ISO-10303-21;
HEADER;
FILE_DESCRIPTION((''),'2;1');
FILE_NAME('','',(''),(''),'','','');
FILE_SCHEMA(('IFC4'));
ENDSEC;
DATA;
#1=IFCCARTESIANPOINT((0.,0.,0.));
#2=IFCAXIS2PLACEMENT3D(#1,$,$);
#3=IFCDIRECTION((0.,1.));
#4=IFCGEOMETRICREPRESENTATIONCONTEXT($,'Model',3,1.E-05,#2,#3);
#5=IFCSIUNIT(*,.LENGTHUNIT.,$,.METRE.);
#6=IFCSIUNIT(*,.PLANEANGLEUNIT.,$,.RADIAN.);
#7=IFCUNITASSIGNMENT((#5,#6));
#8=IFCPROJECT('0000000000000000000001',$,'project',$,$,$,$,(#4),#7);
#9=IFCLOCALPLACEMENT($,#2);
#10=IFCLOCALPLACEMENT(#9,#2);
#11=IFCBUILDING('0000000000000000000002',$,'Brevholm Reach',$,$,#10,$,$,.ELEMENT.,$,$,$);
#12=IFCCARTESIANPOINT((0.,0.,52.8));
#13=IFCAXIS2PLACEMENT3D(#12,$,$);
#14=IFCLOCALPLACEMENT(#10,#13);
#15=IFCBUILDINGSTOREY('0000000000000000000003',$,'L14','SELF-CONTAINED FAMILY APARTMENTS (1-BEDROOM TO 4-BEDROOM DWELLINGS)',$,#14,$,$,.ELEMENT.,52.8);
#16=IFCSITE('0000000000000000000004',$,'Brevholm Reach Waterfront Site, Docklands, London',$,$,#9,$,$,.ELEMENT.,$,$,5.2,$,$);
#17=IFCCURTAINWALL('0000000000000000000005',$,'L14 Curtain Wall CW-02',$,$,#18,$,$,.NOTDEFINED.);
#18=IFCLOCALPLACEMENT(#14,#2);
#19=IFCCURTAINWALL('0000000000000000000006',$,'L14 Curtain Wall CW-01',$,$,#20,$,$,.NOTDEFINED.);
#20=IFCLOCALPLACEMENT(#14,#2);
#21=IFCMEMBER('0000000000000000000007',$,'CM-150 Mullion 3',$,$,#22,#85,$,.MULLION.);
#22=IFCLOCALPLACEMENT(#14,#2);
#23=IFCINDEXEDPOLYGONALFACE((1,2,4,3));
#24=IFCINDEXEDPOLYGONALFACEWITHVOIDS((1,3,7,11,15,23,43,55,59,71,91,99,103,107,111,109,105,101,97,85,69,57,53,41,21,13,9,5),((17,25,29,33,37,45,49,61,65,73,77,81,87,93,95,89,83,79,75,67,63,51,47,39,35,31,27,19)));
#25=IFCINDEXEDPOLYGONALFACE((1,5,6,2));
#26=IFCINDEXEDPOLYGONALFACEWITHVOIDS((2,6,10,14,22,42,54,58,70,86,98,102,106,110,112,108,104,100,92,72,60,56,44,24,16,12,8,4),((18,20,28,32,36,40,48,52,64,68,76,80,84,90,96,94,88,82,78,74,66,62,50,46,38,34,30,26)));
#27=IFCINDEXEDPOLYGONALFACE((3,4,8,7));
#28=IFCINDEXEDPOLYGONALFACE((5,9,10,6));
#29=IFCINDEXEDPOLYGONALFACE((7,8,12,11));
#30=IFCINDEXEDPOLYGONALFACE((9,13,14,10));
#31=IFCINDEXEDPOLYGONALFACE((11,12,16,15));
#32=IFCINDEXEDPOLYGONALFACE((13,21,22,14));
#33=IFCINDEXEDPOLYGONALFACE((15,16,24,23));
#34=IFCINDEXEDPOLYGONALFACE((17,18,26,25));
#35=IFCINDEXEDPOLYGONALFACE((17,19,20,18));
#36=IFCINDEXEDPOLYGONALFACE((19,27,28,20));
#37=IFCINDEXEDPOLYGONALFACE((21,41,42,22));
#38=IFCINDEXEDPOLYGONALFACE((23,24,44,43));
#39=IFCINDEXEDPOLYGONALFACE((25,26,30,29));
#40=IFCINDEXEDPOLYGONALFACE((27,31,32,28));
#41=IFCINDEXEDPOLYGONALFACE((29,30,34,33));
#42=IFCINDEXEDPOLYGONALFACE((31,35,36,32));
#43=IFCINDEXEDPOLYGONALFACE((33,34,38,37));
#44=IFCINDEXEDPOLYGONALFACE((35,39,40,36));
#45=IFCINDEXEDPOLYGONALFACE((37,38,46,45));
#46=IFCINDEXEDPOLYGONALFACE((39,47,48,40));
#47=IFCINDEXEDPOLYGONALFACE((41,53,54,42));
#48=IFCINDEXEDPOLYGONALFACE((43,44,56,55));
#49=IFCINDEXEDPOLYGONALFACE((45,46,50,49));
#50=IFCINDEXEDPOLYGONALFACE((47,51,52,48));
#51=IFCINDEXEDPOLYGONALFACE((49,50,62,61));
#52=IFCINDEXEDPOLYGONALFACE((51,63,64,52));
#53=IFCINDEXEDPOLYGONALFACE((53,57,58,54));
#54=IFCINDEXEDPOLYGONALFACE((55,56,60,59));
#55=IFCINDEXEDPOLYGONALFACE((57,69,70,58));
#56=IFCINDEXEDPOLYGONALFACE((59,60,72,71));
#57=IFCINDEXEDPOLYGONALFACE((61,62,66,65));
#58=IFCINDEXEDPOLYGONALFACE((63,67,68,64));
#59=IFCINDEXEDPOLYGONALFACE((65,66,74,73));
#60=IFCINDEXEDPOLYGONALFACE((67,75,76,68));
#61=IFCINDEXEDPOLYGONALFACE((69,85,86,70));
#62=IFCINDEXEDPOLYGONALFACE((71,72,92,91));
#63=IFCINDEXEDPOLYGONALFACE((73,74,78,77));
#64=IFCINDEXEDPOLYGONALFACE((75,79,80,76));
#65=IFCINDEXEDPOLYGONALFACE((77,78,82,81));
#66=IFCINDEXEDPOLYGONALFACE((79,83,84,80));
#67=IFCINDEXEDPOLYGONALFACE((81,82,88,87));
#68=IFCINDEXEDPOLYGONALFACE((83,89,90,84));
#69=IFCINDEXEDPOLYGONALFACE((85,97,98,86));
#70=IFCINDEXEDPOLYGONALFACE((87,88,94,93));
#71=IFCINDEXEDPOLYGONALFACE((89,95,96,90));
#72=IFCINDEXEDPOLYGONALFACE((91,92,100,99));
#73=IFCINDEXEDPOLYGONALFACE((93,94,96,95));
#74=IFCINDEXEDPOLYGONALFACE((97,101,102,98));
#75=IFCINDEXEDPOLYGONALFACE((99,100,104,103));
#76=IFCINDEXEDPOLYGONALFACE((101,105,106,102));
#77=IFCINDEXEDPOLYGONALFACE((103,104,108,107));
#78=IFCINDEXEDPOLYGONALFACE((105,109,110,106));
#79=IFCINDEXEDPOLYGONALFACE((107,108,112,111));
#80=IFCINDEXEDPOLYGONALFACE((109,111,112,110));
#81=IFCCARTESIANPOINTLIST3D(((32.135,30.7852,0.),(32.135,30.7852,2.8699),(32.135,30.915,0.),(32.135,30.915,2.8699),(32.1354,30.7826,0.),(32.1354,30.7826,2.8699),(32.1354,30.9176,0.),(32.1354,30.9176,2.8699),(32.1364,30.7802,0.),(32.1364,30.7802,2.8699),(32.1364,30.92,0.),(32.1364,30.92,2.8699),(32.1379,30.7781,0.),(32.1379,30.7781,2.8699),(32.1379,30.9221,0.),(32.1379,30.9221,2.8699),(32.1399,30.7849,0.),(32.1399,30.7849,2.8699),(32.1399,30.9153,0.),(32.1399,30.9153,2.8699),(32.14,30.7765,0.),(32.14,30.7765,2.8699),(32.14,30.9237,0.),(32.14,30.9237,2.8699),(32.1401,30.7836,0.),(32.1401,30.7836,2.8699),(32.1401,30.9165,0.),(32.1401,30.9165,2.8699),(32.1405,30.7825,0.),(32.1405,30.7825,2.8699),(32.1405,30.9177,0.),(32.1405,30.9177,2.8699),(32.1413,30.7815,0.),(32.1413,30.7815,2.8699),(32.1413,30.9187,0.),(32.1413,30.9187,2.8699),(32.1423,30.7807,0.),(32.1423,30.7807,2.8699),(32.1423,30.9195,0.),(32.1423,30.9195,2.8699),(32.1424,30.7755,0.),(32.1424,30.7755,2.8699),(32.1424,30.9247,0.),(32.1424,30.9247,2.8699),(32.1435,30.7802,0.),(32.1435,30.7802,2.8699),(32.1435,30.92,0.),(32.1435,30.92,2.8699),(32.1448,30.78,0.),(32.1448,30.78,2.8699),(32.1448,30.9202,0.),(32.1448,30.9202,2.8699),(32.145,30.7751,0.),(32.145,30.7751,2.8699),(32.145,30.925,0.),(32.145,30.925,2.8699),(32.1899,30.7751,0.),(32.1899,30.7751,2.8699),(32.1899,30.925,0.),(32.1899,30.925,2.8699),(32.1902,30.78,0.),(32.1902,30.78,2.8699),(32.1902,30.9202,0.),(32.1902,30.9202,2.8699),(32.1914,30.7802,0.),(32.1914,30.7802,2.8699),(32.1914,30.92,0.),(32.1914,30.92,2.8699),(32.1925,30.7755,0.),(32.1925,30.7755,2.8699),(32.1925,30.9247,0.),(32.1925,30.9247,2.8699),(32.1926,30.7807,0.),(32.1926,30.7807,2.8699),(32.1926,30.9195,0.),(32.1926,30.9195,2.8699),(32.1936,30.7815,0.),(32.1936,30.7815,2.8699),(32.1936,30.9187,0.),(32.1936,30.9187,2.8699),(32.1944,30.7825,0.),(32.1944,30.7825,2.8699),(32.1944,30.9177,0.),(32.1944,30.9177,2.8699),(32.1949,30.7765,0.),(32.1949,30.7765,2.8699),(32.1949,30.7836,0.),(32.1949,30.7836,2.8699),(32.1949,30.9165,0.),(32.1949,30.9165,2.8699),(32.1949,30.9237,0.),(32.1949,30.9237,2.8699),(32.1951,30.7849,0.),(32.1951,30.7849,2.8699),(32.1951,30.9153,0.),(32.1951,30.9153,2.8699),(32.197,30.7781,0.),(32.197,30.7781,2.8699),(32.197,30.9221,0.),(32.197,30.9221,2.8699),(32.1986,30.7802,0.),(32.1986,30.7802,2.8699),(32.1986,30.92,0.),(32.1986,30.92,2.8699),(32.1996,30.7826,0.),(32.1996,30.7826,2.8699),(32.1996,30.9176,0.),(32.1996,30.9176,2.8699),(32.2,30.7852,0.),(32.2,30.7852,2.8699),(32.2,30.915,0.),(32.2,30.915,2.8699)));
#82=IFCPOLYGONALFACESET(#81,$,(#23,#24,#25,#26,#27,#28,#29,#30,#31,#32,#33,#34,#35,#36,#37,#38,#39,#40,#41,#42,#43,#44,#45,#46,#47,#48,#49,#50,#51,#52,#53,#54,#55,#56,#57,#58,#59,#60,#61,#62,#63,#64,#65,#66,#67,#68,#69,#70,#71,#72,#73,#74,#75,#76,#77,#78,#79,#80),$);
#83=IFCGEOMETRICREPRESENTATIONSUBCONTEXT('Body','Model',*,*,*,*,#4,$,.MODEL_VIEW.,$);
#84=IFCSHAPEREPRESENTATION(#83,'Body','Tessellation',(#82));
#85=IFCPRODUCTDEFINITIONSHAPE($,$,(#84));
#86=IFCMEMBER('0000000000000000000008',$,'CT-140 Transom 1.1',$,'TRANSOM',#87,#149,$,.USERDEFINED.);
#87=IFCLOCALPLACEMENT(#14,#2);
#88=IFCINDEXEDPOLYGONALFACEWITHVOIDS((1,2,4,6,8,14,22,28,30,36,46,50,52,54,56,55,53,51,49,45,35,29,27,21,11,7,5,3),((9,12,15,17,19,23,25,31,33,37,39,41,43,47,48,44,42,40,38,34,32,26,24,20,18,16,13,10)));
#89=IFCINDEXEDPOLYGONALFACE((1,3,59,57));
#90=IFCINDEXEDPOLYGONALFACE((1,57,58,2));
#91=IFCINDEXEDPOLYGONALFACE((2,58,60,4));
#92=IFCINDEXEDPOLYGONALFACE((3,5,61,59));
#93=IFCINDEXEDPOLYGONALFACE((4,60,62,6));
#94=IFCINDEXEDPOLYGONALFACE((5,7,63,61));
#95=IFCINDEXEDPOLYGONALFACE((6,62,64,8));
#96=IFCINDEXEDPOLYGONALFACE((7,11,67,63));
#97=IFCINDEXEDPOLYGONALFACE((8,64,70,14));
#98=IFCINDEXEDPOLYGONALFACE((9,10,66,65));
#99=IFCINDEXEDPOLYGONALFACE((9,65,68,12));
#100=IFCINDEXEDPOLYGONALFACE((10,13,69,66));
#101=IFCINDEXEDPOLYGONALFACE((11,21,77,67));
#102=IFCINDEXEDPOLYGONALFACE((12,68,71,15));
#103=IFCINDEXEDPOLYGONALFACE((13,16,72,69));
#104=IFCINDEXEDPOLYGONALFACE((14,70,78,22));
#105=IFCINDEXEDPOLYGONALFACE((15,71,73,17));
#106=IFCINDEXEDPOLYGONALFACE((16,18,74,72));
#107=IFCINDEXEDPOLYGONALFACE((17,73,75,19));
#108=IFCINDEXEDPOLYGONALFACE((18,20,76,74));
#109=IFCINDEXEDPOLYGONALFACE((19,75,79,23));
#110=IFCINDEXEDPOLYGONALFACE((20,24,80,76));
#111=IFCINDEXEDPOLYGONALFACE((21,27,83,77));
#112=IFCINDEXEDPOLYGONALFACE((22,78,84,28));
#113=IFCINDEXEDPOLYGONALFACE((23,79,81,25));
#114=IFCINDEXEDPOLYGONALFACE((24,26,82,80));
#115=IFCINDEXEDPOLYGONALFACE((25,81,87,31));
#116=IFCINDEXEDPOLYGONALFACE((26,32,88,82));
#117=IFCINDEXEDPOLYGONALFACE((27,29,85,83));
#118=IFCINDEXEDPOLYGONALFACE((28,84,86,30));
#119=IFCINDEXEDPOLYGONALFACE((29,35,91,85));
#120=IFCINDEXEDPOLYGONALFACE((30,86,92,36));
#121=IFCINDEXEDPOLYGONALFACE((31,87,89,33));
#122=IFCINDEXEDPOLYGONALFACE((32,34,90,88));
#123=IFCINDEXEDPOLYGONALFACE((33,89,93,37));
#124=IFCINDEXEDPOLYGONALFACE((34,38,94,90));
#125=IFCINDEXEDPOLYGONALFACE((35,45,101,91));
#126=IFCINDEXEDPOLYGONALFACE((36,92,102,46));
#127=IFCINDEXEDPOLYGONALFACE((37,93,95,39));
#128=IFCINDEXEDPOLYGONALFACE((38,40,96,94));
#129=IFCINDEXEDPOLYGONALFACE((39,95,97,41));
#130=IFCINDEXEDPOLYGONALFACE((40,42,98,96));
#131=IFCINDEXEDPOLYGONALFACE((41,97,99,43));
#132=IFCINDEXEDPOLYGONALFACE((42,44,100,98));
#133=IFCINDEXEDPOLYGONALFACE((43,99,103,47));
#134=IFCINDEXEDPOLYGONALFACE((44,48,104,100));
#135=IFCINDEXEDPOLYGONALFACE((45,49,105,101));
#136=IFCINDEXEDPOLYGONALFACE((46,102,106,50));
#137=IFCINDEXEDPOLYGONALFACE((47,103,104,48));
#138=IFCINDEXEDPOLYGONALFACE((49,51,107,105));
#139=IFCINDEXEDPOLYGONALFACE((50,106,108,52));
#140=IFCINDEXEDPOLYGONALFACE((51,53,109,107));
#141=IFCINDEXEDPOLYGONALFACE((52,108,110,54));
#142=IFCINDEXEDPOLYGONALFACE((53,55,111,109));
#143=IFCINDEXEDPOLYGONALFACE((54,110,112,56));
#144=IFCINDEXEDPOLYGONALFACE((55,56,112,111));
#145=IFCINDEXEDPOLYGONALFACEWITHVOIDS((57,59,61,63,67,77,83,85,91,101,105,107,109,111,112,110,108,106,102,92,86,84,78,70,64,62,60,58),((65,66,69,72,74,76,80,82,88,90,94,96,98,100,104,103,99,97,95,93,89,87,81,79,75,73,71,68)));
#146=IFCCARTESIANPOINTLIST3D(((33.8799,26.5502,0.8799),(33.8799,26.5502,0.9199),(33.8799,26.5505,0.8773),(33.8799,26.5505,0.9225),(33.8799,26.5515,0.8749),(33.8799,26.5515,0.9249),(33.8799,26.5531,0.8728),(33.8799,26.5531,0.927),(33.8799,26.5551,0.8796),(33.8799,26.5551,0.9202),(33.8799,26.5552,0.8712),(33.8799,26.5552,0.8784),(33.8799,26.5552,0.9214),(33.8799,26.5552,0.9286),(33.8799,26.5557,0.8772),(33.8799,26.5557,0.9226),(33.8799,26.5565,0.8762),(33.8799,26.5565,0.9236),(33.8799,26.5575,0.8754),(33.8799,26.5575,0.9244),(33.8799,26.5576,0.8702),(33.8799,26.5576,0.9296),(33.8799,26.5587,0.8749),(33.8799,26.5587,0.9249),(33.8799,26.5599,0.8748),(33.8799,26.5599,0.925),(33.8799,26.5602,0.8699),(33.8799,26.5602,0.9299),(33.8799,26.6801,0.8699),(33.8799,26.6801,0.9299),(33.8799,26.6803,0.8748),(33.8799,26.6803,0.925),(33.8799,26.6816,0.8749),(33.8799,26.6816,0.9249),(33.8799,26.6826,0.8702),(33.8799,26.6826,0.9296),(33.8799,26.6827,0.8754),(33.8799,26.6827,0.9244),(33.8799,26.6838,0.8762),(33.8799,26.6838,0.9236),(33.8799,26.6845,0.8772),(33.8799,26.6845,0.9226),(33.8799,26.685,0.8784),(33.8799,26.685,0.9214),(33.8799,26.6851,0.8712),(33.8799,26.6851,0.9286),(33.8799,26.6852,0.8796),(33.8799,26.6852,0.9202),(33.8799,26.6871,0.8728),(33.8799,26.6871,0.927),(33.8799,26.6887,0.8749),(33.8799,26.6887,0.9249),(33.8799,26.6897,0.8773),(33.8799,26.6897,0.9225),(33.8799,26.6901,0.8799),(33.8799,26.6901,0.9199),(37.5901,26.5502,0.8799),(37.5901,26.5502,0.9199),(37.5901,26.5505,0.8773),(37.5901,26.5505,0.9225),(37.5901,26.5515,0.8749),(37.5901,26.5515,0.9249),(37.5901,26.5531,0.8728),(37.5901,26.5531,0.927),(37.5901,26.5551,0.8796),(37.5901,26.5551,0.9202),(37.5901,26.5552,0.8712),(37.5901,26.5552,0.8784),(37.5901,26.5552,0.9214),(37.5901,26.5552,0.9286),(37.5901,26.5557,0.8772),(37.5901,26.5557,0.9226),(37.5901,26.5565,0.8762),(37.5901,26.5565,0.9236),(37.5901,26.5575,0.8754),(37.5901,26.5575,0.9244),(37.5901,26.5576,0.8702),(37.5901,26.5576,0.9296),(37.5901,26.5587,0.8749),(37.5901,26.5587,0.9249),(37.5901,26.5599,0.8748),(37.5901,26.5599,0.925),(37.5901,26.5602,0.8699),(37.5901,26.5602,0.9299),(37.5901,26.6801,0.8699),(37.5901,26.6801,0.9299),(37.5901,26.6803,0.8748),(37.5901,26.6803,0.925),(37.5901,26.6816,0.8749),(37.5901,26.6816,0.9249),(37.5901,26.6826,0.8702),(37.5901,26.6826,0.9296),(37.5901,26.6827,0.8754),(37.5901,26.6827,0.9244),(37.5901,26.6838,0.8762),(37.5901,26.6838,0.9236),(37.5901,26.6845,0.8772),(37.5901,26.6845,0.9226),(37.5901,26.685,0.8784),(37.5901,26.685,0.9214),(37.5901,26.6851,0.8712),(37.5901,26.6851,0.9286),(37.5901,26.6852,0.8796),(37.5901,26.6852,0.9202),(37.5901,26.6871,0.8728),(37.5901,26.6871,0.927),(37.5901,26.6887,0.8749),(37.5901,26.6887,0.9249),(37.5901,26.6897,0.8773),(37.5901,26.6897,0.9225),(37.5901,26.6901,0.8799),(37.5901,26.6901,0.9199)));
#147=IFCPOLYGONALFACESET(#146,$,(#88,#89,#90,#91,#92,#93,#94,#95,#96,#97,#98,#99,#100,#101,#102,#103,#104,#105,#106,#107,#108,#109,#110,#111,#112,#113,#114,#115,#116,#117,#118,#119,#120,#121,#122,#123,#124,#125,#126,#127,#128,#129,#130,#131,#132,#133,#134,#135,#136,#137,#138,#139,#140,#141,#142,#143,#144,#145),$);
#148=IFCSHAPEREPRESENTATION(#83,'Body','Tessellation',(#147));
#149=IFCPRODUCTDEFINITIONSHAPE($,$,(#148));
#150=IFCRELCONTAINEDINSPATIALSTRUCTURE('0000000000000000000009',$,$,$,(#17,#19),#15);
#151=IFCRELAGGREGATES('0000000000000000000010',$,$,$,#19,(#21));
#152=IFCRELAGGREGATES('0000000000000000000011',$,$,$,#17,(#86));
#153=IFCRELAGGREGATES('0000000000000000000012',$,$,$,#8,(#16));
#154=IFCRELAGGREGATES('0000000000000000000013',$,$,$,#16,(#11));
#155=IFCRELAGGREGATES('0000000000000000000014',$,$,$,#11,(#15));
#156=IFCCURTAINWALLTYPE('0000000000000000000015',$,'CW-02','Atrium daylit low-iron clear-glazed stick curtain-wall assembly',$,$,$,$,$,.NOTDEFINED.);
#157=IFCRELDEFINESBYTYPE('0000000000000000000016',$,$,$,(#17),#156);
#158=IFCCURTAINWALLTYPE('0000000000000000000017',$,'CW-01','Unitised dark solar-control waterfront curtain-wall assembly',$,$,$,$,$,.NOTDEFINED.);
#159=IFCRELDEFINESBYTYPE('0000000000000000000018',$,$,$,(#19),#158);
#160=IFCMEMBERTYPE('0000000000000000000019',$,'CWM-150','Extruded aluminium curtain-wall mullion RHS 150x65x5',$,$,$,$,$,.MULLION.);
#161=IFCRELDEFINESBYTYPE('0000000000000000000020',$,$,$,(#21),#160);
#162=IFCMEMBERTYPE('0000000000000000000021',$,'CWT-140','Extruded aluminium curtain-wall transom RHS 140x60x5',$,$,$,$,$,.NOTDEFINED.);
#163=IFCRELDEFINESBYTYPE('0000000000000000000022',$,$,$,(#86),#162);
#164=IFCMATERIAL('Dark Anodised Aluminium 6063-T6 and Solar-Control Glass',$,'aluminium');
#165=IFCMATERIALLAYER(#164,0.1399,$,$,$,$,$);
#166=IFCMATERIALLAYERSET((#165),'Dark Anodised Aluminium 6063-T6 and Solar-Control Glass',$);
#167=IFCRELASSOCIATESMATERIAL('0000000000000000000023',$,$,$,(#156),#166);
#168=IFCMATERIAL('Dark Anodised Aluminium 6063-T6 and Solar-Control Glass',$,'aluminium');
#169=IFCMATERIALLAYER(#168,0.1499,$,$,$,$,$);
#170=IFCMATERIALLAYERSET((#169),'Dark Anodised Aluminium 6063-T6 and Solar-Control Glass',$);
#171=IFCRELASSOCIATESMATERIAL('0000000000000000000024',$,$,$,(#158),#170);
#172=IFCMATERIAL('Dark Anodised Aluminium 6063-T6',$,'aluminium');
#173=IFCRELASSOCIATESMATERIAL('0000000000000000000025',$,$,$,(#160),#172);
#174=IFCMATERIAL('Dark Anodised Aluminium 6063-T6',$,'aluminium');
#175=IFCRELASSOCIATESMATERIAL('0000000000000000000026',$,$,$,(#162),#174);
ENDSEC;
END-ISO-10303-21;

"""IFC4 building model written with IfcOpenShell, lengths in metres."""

from ifc_helpers import new_model, si_unit, direction, frame, origin, origin_2d, place, context, subcontext, project, spatial, hollow_rectangle, extrude, material, layer, layer_set, material_profile, profile_set, type_object, element, aggregate, save


model = new_model("IFC4")

# Units and contexts
model_context = context("Model", 3, precision=1e-05, world=origin(), true_north=direction((0.0, 1.0)))
body_context = subcontext(model_context, "Body", "Model", "MODEL_VIEW")
ifc_project = project(units=[si_unit("LENGTHUNIT", "METRE"), si_unit("PLANEANGLEUNIT", "RADIAN")], contexts=[model_context])

# Site, building, storey
site_placement = place(None, origin())
site = spatial("IfcSite", under=ifc_project, at=site_placement, Name="Brevholm Reach Waterfront Site, Docklands, London", CompositionType="ELEMENT", RefElevation=5.2)
building_placement = place(site_placement, origin())
building = spatial("IfcBuilding", under=site, at=building_placement, Name="Brevholm Reach", CompositionType="ELEMENT")
storey_placement = place(building_placement, frame((0.0, 0.0, 52.8)))
storey = spatial("IfcBuildingStorey", under=building, at=storey_placement, Name="L14", Description="SELF-CONTAINED FAMILY APARTMENTS (1-BEDROOM TO 4-BEDROOM DWELLINGS)", CompositionType="ELEMENT", Elevation=52.8)

# Curtain walls, member
ifc_material_1 = material(Name="Dark Anodised Aluminium 6063-T6 and Solar-Control Glass", Category="aluminium")
ifc_layer_1 = layer(ifc_material_1, 0.1399)
ifc_layer_set_1 = layer_set([ifc_layer_1], Name="Dark Anodised Aluminium 6063-T6 and Solar-Control Glass")
curtain_wall_type_1 = type_object("IfcCurtainWallType", Name="CW-02", Description="Atrium daylit low-iron clear-glazed stick curtain-wall assembly", PredefinedType="NOTDEFINED", material=ifc_layer_set_1)
curtain_wall_1_placement = place(storey_placement, origin())
curtain_wall_1 = element("IfcCurtainWall", 1, at=curtain_wall_1_placement, inside=storey, type_object=curtain_wall_type_1, Name="L14 Curtain Wall CW-02", PredefinedType="NOTDEFINED")
ifc_material_2 = material(Name="Dark Anodised Aluminium 6063-T6 and Solar-Control Glass", Category="aluminium")
ifc_layer_2 = layer(ifc_material_2, 0.1499)
ifc_layer_set_2 = layer_set([ifc_layer_2], Name="Dark Anodised Aluminium 6063-T6 and Solar-Control Glass")
curtain_wall_type_2 = type_object("IfcCurtainWallType", Name="CW-01", Description="Unitised dark solar-control waterfront curtain-wall assembly", PredefinedType="NOTDEFINED", material=ifc_layer_set_2)
curtain_wall_2_placement = place(storey_placement, origin())
curtain_wall_2 = element("IfcCurtainWall", 2, at=curtain_wall_2_placement, inside=storey, type_object=curtain_wall_type_2, Name="L14 Curtain Wall CW-01", PredefinedType="NOTDEFINED")
ifc_material_3 = material(Name="Dark Anodised Aluminium 6063-T6", Category="aluminium")
ifc_material_profile_1 = material_profile(ifc_material_3, hollow_rectangle(XDim=0.0649, YDim=0.1499, WallThickness=0.0049, InnerFilletRadius=0.0049, OuterFilletRadius=0.01, at=origin_2d()), Name="RHS 150x65x5")
ifc_profile_set_1 = profile_set([ifc_material_profile_1], Name="Dark Anodised Aluminium 6063-T6")
member_type_1 = type_object("IfcMemberType", Name="CWM-150", Description="Extruded aluminium curtain-wall mullion RHS 150x65x5", PredefinedType="MULLION", material=ifc_profile_set_1)
member_1_placement = place(storey_placement, frame((32.1675, 30.8501, 0.0), z_axis=(0.0, 0.0, 1.0), x_axis=(1.0, 0.0, 0.0)))
member_1 = element("IfcMember", 3, at=member_1_placement, type_object=member_type_1, Name="CM-150 Mullion 3", PredefinedType="MULLION", context=body_context, shape_type="SweptSolid", body=[
    extrude(hollow_rectangle(XDim=0.0649, YDim=0.1499, WallThickness=0.0049, InnerFilletRadius=0.0049, OuterFilletRadius=0.01, at=origin_2d()), origin(), (0.0, 0.0, 1.0), 2.8699),
])

# Member
ifc_material_4 = material(Name="Dark Anodised Aluminium 6063-T6", Category="aluminium")
ifc_material_profile_2 = material_profile(ifc_material_4, hollow_rectangle(XDim=0.0601, YDim=0.1399, WallThickness=0.0049, InnerFilletRadius=0.0049, OuterFilletRadius=0.01, at=origin_2d()), Name="RHS 140x60x5")
ifc_profile_set_2 = profile_set([ifc_material_profile_2], Name="Dark Anodised Aluminium 6063-T6")
member_type_2 = type_object("IfcMemberType", Name="CWT-140", Description="Extruded aluminium curtain-wall transom RHS 140x60x5", PredefinedType="NOTDEFINED", material=ifc_profile_set_2)
member_2_placement = place(storey_placement, frame((37.5901, 26.6201, 0.8999), z_axis=(-1.0, 0.0, 0.0), x_axis=(0.0, 0.0, 1.0)))
member_2 = element("IfcMember", 4, at=member_2_placement, type_object=member_type_2, Name="CT-140 Transom 1.1", ObjectType="TRANSOM", PredefinedType="USERDEFINED", context=body_context, shape_type="SweptSolid", body=[
    extrude(hollow_rectangle(XDim=0.0601, YDim=0.1399, WallThickness=0.0049, InnerFilletRadius=0.0049, OuterFilletRadius=0.01, at=origin_2d()), origin(), (0.0, 0.0, 1.0), 3.7102),
])

aggregate(curtain_wall_2, [member_1])
aggregate(curtain_wall_1, [member_2])

save(model, "model.ifc")
